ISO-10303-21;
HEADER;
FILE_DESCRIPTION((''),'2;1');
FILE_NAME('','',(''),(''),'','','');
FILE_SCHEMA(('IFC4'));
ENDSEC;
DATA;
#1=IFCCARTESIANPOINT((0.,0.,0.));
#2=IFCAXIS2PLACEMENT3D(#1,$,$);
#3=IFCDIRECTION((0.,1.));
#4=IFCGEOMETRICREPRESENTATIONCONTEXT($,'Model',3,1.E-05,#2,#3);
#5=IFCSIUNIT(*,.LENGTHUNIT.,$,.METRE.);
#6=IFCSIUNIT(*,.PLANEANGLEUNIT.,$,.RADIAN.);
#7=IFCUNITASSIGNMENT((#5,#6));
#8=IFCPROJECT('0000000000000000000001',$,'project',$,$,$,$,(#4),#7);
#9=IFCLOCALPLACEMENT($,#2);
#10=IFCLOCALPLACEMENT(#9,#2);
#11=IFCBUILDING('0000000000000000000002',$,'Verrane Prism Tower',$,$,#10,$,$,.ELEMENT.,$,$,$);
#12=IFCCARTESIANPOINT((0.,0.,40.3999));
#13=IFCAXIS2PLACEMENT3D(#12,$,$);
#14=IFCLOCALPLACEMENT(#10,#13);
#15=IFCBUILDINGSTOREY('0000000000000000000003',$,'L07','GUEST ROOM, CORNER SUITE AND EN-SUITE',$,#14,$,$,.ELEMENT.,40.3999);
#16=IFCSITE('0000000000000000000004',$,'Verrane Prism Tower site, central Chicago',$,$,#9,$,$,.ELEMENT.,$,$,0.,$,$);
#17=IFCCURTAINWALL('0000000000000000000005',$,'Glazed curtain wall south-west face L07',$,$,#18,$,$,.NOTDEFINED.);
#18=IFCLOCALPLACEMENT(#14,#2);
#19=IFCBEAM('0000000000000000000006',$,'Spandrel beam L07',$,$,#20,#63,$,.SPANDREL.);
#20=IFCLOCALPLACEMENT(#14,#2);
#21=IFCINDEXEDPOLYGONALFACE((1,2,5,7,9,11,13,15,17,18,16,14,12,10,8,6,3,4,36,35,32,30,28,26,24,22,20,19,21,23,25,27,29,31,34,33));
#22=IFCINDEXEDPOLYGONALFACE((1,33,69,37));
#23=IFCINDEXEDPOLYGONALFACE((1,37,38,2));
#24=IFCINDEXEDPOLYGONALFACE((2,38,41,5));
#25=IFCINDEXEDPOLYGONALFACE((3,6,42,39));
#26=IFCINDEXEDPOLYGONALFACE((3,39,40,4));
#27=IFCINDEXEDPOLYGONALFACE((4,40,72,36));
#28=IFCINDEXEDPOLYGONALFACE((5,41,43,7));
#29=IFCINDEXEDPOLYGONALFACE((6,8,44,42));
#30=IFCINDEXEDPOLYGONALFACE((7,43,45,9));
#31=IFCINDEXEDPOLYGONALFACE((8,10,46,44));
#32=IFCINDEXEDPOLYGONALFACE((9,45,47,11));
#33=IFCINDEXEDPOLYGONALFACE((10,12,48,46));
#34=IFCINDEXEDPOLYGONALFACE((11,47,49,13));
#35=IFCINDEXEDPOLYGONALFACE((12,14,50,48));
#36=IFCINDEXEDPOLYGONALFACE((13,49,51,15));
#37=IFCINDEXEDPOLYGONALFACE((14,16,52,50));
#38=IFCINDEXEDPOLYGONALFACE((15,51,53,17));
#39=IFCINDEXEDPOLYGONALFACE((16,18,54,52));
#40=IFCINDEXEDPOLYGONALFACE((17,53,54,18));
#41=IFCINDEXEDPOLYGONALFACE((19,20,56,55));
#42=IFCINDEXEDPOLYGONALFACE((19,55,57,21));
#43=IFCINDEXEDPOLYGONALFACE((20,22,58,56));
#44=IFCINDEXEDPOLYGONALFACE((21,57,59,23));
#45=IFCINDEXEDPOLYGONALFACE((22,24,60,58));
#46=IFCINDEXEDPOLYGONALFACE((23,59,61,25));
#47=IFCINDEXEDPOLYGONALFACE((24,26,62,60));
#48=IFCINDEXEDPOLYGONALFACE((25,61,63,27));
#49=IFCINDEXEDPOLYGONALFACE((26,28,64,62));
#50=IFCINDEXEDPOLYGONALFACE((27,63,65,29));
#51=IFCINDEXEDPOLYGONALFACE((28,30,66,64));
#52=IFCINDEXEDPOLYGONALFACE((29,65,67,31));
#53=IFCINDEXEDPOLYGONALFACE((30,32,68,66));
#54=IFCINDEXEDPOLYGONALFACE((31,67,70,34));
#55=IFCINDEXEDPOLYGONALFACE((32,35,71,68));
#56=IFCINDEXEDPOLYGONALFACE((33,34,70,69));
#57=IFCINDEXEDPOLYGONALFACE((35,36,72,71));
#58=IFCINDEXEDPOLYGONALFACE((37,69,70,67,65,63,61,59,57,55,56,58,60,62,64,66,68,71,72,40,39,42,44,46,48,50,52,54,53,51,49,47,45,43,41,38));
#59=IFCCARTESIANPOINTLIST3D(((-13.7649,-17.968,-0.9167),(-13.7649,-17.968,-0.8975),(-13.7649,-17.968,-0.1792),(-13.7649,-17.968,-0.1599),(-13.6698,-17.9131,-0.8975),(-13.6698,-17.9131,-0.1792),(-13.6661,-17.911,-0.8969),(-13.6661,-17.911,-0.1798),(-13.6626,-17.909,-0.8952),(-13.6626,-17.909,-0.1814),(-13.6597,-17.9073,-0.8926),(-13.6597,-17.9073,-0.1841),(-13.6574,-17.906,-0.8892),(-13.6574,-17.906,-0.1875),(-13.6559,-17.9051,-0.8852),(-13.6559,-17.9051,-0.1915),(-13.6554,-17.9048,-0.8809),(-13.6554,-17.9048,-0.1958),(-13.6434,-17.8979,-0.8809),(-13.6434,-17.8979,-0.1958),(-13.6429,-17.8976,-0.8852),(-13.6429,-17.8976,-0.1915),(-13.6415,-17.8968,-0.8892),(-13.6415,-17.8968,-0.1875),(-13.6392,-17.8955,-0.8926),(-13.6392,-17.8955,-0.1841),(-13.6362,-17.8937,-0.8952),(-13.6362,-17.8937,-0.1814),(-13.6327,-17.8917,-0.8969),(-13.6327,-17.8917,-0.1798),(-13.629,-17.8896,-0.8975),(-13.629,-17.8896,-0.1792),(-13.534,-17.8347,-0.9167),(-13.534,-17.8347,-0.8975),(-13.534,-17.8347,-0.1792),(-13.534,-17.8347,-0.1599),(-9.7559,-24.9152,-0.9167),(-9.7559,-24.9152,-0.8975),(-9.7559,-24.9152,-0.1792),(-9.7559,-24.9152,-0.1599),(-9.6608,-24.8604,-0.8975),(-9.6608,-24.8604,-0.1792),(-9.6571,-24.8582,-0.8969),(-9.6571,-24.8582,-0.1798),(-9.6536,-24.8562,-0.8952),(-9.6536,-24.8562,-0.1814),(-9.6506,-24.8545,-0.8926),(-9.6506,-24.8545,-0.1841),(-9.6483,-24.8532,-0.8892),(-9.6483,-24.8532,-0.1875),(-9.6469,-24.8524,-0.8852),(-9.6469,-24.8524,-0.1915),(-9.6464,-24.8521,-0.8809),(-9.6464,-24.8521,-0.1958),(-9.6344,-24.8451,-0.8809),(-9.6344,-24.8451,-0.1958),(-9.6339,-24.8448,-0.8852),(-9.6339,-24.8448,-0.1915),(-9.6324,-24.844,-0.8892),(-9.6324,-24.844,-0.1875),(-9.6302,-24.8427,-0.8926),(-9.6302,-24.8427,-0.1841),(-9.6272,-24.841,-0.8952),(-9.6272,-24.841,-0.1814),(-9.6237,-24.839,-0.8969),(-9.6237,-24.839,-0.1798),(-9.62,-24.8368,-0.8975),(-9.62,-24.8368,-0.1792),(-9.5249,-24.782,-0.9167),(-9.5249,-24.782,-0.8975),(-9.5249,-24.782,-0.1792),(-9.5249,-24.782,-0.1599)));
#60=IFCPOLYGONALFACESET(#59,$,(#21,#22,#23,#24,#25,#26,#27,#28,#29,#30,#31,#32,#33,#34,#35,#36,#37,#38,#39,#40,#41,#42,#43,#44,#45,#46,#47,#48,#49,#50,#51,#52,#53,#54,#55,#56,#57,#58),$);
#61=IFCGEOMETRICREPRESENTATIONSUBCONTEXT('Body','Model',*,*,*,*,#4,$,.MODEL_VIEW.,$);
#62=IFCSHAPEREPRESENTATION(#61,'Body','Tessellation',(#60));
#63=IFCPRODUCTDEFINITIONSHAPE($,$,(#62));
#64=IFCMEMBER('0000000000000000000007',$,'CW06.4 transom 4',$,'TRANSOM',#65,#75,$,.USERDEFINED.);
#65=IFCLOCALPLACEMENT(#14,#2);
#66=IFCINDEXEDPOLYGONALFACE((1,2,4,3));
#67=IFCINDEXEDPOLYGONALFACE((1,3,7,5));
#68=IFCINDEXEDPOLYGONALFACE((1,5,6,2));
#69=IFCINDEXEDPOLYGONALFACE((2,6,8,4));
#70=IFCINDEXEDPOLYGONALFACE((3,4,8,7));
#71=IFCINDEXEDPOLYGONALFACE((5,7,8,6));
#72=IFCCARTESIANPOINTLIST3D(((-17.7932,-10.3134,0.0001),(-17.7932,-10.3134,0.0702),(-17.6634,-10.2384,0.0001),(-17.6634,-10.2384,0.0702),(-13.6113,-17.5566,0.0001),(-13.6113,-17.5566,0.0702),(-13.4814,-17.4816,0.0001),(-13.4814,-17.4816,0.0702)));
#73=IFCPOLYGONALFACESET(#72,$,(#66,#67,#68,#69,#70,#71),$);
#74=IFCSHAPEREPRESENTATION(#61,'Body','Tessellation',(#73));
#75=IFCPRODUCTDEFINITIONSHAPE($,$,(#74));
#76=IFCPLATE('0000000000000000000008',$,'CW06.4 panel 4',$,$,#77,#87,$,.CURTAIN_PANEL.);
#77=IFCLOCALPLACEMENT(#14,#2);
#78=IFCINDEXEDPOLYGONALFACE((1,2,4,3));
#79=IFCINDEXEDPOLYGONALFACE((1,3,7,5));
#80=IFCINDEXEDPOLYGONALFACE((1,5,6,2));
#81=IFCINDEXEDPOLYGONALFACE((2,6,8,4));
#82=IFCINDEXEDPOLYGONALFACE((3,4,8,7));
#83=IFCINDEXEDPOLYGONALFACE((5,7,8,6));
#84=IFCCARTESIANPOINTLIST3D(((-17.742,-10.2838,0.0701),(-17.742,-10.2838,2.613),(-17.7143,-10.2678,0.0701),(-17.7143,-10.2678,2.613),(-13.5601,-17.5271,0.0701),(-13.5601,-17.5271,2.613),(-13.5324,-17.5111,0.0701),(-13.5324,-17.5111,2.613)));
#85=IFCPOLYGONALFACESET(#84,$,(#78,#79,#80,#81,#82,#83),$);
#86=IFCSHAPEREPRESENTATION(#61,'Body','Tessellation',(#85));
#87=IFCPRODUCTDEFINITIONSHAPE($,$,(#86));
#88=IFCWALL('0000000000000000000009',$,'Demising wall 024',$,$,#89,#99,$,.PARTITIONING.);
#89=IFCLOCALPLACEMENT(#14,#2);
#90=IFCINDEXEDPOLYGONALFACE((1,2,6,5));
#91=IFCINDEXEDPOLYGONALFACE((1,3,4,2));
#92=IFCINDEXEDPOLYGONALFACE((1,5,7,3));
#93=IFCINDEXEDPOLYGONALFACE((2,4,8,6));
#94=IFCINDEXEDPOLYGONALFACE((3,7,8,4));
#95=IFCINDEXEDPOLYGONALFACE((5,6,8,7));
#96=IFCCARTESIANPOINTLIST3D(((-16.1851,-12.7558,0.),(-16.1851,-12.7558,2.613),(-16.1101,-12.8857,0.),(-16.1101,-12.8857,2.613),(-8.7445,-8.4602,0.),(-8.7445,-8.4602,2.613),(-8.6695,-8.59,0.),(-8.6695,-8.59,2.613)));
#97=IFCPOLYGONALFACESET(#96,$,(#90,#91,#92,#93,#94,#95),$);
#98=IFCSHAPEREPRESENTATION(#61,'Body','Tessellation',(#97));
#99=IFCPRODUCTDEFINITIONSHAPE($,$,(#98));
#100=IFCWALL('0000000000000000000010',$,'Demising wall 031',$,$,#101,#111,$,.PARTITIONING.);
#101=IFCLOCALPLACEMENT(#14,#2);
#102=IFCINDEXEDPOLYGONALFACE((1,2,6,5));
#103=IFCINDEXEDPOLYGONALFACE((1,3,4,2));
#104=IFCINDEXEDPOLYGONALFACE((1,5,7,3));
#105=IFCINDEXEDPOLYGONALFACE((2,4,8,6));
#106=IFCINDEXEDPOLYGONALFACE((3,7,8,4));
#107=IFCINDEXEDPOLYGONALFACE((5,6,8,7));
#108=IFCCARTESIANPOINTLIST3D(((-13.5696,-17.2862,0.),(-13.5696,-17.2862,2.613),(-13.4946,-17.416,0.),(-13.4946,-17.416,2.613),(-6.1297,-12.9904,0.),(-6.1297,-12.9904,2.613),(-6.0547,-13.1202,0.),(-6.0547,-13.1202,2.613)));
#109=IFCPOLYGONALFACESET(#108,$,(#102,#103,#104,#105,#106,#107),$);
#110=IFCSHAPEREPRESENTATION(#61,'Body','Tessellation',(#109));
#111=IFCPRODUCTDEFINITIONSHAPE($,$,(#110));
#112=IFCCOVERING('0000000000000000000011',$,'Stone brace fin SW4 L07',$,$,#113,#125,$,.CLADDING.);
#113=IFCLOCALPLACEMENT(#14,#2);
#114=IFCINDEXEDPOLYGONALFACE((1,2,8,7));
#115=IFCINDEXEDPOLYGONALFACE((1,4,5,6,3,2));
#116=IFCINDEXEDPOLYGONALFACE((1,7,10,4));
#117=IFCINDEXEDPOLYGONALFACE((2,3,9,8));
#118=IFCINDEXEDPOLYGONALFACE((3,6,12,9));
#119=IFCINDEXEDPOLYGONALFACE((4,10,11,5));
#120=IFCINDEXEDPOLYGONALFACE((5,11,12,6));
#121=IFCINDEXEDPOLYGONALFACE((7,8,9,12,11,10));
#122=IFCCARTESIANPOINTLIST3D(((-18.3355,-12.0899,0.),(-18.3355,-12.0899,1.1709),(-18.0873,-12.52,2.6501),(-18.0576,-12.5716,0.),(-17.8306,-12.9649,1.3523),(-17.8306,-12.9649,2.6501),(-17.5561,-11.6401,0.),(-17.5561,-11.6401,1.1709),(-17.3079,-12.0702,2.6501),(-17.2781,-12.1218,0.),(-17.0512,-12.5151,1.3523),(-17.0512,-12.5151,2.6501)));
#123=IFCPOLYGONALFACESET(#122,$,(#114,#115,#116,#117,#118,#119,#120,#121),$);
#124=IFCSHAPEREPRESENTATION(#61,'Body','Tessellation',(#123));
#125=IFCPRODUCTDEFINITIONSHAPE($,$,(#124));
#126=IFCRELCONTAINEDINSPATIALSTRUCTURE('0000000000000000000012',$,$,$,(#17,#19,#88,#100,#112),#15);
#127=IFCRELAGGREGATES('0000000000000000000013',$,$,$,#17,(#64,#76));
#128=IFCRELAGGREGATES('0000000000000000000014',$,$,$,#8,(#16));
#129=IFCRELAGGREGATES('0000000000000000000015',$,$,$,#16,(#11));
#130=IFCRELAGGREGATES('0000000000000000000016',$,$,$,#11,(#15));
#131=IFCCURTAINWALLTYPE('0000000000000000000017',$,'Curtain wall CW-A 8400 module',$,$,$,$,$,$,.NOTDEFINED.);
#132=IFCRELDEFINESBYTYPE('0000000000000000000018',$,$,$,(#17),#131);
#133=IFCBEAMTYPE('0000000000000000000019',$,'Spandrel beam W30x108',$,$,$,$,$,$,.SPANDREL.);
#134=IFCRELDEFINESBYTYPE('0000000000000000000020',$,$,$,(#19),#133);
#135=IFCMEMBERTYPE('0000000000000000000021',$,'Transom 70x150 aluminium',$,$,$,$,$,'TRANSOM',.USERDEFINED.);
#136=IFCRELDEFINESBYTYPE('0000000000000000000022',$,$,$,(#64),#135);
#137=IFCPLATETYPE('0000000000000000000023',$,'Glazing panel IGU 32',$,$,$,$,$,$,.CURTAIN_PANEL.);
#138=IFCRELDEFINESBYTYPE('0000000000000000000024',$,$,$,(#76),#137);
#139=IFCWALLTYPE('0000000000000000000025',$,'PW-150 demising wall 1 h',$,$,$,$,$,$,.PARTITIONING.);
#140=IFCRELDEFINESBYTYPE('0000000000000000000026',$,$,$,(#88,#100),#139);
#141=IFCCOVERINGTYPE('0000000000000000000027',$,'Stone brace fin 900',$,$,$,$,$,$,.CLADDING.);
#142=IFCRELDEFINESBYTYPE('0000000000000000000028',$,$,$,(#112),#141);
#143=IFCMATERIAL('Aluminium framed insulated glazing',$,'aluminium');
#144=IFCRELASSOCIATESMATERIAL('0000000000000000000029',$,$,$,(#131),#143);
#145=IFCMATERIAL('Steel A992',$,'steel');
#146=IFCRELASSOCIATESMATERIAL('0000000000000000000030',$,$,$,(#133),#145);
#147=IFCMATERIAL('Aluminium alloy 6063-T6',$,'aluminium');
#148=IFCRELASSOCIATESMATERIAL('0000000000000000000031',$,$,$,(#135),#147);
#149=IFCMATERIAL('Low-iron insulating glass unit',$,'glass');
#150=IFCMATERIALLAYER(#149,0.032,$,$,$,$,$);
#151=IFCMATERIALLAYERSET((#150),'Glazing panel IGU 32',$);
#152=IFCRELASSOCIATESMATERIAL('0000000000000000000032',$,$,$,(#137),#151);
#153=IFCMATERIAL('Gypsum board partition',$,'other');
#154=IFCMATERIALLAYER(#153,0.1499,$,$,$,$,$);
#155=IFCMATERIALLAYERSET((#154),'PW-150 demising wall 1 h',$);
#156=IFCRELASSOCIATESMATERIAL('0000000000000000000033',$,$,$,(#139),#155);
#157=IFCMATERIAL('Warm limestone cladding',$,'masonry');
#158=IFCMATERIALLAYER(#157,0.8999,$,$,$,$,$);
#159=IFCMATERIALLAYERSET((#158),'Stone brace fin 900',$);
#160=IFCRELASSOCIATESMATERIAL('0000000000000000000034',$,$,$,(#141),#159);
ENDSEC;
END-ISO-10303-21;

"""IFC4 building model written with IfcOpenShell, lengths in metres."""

from ifc_helpers import new_model, si_unit, direction, frame, frame_2d, origin, origin_2d, place, context, subcontext, project, spatial, polyline, rectangle, i_section, outline, extrude, material, layer, layer_set, material_profile, profile_set, type_object, element, aggregate, save


model = new_model("IFC4")

# Units and contexts
model_context = context("Model", 3, precision=1e-05, world=origin(), true_north=direction((0.0, 1.0)))
body_context = subcontext(model_context, "Body", "Model", "MODEL_VIEW")
ifc_project = project(units=[si_unit("LENGTHUNIT", "METRE"), si_unit("PLANEANGLEUNIT", "RADIAN")], contexts=[model_context])

# Site, building, storey
site_placement = place(None, origin())
site = spatial("IfcSite", under=ifc_project, at=site_placement, Name="Verrane Prism Tower site, central Chicago", CompositionType="ELEMENT", RefElevation=0.0)
building_placement = place(site_placement, origin())
building = spatial("IfcBuilding", under=site, at=building_placement, Name="Verrane Prism Tower", CompositionType="ELEMENT")
storey_placement = place(building_placement, frame((0.0, 0.0, 40.3999)))
storey = spatial("IfcBuildingStorey", under=building, at=storey_placement, Name="L07", Description="GUEST ROOM, CORNER SUITE AND EN-SUITE", CompositionType="ELEMENT", Elevation=40.3999)

# Curtain wall
ifc_material_1 = material(Name="Aluminium framed insulated glazing", Category="aluminium")
curtain_wall_type = type_object("IfcCurtainWallType", Name="Curtain wall CW-A 8400 module", PredefinedType="NOTDEFINED", material=ifc_material_1)
curtain_wall_placement = place(storey_placement, origin())
curtain_wall = element("IfcCurtainWall", 1, at=curtain_wall_placement, inside=storey, type_object=curtain_wall_type, Name="Glazed curtain wall south-west face L07", PredefinedType="NOTDEFINED")

# Beam
ifc_material_2 = material(Name="Steel A992", Category="steel")
ifc_material_profile_1 = material_profile(ifc_material_2, i_section(OverallWidth=0.2666, OverallDepth=0.7568, WebThickness=0.0139, FlangeThickness=0.0193, FilletRadius=0.0166, at=origin_2d()), Name="W30x108")
ifc_profile_set_1 = profile_set([ifc_material_profile_1], Name="Steel A992")
beam_type_1 = type_object("IfcBeamType", Name="Spandrel beam W30x108", PredefinedType="SPANDREL", material=ifc_profile_set_1)
for number, where, z_axis, x_axis, name in (
    (2, (-13.6494, -17.9014, -0.5383), (0.499816, -0.866132, 0.0), (0.866132, 0.499816, 0.0), "Spandrel beam L07"),
):
    element("IfcBeam", number, at=place(storey_placement, frame(where, z_axis=z_axis, x_axis=x_axis)), inside=storey, type_object=beam_type_1, Name=name, PredefinedType="SPANDREL", context=body_context, shape_type="SweptSolid", body=[
        extrude(i_section(OverallWidth=0.2666, OverallDepth=0.7568, WebThickness=0.0139, FlangeThickness=0.0193, FilletRadius=0.0166, at=origin_2d()), origin(), (0.0, 0.0, 1.0), 8.021),
    ])

# Member
ifc_material_3 = material(Name="Aluminium alloy 6063-T6", Category="aluminium")
ifc_material_profile_2 = material_profile(ifc_material_3, rectangle(XDim=0.1499, YDim=0.0701, at=origin_2d()), Name="Transom 70x150 aluminium")
ifc_profile_set_2 = profile_set([ifc_material_profile_2], Name="Aluminium alloy 6063-T6")
member_type_1 = type_object("IfcMemberType", Name="Transom 70x150 aluminium", ElementType="TRANSOM", PredefinedType="USERDEFINED", material=ifc_profile_set_2)
member_1_placement = place(storey_placement, frame((-17.7283, -10.2759, 0.0352), z_axis=(0.500004, -0.866023, 0.0), x_axis=(0.866023, 0.500004, 0.0)))
member_1 = element("IfcMember", 3, at=member_1_placement, type_object=member_type_1, Name="CW06.4 transom 4", ObjectType="TRANSOM", PredefinedType="USERDEFINED", context=body_context, shape_type="SweptSolid", body=[
    extrude(rectangle(XDim=0.1499, YDim=0.0701, at=origin_2d()), origin(), (0.0, 0.0, 1.0), 8.3638),
])

# Plate
ifc_material_4 = material(Name="Low-iron insulating glass unit", Category="glass")
ifc_layer_1 = layer(ifc_material_4, 0.032)
ifc_layer_set_1 = layer_set([ifc_layer_1], Name="Glazing panel IGU 32")
plate_type = type_object("IfcPlateType", Name="Glazing panel IGU 32", PredefinedType="CURTAIN_PANEL", material=ifc_layer_set_1)
plate_placement = place(storey_placement, frame((-15.6372, -13.8975, 0.0701), z_axis=(0.0, 0.0, 1.0), x_axis=(0.5, -0.866025, 0.0)))
plate = element("IfcPlate", 4, at=plate_placement, type_object=plate_type, Name="CW06.4 panel 4", PredefinedType="CURTAIN_PANEL", context=body_context, shape_type="SweptSolid", body=[
    extrude(rectangle(XDim=8.3638, YDim=0.032, at=origin_2d()), origin(), (0.0, 0.0, 1.0), 2.543),
])
aggregate(curtain_wall, [member_1, plate])

# Walls
ifc_material_5 = material(Name="Gypsum board partition", Category="other")
ifc_layer_2 = layer(ifc_material_5, 0.1499)
ifc_layer_set_2 = layer_set([ifc_layer_2], Name="PW-150 demising wall 1 h")
wall_type = type_object("IfcWallType", Name="PW-150 demising wall 1 h", PredefinedType="PARTITIONING", material=ifc_layer_set_2)
wall_1_placement = place(storey_placement, frame((-16.1477, -12.8208, 0.0), z_axis=(0.0, 0.0, 1.0), x_axis=(0.866037, 0.499981, 0.0)))
element("IfcWall", 5, at=wall_1_placement, inside=storey, type_object=wall_type, Name="Demising wall 024", PredefinedType="PARTITIONING", context=body_context, shape_type="SweptSolid", body=[
    extrude(rectangle(XDim=8.5916, YDim=0.1499, at=frame_2d((4.2959, 0.0))), origin(), (0.0, 0.0, 1.0), 2.613),
])
wall_2_placement = place(storey_placement, frame((-13.532, -17.3511, 0.0), z_axis=(0.0, 0.0, 1.0), x_axis=(0.866003, 0.500039, 0.0)))
element("IfcWall", 6, at=wall_2_placement, inside=storey, type_object=wall_type, Name="Demising wall 031", PredefinedType="PARTITIONING", context=body_context, shape_type="SweptSolid", body=[
    extrude(rectangle(XDim=8.5911, YDim=0.1499, at=frame_2d((4.2954, 0.0))), origin(), (0.0, 0.0, 1.0), 2.613),
])

# Covering
ifc_material_6 = material(Name="Warm limestone cladding", Category="masonry")
ifc_layer_3 = layer(ifc_material_6, 0.8999)
ifc_layer_set_3 = layer_set([ifc_layer_3], Name="Stone brace fin 900")
covering_type = type_object("IfcCoveringType", Name="Stone brace fin 900", PredefinedType="CLADDING", material=ifc_layer_set_3)
covering_placement = place(storey_placement, frame((-17.9458, -11.865, 0.0), z_axis=(0.0, 0.0, 1.0), x_axis=(0.499778, -0.866153, 0.0)))
element("IfcCovering", 7, at=covering_placement, inside=storey, type_object=covering_type, Name="Stone brace fin SW4 L07", PredefinedType="CLADDING", context=body_context, shape_type="SweptSolid", body=[
    extrude(outline(polyline([(1.0103, 2.6501), (0.4966, 2.6501), (0.0, 1.1709), (0.0, 0.0), (0.5562, 0.0), (1.0103, 1.3523), (1.0103, 2.6501)])), frame((0.0, 0.45, 0.0), z_axis=(0.0, -1.0, 0.0), x_axis=(1.0, 0.0, 0.0)), (0.0, 0.0, 1.0), 0.8999),
])

save(model, "model.ifc")
